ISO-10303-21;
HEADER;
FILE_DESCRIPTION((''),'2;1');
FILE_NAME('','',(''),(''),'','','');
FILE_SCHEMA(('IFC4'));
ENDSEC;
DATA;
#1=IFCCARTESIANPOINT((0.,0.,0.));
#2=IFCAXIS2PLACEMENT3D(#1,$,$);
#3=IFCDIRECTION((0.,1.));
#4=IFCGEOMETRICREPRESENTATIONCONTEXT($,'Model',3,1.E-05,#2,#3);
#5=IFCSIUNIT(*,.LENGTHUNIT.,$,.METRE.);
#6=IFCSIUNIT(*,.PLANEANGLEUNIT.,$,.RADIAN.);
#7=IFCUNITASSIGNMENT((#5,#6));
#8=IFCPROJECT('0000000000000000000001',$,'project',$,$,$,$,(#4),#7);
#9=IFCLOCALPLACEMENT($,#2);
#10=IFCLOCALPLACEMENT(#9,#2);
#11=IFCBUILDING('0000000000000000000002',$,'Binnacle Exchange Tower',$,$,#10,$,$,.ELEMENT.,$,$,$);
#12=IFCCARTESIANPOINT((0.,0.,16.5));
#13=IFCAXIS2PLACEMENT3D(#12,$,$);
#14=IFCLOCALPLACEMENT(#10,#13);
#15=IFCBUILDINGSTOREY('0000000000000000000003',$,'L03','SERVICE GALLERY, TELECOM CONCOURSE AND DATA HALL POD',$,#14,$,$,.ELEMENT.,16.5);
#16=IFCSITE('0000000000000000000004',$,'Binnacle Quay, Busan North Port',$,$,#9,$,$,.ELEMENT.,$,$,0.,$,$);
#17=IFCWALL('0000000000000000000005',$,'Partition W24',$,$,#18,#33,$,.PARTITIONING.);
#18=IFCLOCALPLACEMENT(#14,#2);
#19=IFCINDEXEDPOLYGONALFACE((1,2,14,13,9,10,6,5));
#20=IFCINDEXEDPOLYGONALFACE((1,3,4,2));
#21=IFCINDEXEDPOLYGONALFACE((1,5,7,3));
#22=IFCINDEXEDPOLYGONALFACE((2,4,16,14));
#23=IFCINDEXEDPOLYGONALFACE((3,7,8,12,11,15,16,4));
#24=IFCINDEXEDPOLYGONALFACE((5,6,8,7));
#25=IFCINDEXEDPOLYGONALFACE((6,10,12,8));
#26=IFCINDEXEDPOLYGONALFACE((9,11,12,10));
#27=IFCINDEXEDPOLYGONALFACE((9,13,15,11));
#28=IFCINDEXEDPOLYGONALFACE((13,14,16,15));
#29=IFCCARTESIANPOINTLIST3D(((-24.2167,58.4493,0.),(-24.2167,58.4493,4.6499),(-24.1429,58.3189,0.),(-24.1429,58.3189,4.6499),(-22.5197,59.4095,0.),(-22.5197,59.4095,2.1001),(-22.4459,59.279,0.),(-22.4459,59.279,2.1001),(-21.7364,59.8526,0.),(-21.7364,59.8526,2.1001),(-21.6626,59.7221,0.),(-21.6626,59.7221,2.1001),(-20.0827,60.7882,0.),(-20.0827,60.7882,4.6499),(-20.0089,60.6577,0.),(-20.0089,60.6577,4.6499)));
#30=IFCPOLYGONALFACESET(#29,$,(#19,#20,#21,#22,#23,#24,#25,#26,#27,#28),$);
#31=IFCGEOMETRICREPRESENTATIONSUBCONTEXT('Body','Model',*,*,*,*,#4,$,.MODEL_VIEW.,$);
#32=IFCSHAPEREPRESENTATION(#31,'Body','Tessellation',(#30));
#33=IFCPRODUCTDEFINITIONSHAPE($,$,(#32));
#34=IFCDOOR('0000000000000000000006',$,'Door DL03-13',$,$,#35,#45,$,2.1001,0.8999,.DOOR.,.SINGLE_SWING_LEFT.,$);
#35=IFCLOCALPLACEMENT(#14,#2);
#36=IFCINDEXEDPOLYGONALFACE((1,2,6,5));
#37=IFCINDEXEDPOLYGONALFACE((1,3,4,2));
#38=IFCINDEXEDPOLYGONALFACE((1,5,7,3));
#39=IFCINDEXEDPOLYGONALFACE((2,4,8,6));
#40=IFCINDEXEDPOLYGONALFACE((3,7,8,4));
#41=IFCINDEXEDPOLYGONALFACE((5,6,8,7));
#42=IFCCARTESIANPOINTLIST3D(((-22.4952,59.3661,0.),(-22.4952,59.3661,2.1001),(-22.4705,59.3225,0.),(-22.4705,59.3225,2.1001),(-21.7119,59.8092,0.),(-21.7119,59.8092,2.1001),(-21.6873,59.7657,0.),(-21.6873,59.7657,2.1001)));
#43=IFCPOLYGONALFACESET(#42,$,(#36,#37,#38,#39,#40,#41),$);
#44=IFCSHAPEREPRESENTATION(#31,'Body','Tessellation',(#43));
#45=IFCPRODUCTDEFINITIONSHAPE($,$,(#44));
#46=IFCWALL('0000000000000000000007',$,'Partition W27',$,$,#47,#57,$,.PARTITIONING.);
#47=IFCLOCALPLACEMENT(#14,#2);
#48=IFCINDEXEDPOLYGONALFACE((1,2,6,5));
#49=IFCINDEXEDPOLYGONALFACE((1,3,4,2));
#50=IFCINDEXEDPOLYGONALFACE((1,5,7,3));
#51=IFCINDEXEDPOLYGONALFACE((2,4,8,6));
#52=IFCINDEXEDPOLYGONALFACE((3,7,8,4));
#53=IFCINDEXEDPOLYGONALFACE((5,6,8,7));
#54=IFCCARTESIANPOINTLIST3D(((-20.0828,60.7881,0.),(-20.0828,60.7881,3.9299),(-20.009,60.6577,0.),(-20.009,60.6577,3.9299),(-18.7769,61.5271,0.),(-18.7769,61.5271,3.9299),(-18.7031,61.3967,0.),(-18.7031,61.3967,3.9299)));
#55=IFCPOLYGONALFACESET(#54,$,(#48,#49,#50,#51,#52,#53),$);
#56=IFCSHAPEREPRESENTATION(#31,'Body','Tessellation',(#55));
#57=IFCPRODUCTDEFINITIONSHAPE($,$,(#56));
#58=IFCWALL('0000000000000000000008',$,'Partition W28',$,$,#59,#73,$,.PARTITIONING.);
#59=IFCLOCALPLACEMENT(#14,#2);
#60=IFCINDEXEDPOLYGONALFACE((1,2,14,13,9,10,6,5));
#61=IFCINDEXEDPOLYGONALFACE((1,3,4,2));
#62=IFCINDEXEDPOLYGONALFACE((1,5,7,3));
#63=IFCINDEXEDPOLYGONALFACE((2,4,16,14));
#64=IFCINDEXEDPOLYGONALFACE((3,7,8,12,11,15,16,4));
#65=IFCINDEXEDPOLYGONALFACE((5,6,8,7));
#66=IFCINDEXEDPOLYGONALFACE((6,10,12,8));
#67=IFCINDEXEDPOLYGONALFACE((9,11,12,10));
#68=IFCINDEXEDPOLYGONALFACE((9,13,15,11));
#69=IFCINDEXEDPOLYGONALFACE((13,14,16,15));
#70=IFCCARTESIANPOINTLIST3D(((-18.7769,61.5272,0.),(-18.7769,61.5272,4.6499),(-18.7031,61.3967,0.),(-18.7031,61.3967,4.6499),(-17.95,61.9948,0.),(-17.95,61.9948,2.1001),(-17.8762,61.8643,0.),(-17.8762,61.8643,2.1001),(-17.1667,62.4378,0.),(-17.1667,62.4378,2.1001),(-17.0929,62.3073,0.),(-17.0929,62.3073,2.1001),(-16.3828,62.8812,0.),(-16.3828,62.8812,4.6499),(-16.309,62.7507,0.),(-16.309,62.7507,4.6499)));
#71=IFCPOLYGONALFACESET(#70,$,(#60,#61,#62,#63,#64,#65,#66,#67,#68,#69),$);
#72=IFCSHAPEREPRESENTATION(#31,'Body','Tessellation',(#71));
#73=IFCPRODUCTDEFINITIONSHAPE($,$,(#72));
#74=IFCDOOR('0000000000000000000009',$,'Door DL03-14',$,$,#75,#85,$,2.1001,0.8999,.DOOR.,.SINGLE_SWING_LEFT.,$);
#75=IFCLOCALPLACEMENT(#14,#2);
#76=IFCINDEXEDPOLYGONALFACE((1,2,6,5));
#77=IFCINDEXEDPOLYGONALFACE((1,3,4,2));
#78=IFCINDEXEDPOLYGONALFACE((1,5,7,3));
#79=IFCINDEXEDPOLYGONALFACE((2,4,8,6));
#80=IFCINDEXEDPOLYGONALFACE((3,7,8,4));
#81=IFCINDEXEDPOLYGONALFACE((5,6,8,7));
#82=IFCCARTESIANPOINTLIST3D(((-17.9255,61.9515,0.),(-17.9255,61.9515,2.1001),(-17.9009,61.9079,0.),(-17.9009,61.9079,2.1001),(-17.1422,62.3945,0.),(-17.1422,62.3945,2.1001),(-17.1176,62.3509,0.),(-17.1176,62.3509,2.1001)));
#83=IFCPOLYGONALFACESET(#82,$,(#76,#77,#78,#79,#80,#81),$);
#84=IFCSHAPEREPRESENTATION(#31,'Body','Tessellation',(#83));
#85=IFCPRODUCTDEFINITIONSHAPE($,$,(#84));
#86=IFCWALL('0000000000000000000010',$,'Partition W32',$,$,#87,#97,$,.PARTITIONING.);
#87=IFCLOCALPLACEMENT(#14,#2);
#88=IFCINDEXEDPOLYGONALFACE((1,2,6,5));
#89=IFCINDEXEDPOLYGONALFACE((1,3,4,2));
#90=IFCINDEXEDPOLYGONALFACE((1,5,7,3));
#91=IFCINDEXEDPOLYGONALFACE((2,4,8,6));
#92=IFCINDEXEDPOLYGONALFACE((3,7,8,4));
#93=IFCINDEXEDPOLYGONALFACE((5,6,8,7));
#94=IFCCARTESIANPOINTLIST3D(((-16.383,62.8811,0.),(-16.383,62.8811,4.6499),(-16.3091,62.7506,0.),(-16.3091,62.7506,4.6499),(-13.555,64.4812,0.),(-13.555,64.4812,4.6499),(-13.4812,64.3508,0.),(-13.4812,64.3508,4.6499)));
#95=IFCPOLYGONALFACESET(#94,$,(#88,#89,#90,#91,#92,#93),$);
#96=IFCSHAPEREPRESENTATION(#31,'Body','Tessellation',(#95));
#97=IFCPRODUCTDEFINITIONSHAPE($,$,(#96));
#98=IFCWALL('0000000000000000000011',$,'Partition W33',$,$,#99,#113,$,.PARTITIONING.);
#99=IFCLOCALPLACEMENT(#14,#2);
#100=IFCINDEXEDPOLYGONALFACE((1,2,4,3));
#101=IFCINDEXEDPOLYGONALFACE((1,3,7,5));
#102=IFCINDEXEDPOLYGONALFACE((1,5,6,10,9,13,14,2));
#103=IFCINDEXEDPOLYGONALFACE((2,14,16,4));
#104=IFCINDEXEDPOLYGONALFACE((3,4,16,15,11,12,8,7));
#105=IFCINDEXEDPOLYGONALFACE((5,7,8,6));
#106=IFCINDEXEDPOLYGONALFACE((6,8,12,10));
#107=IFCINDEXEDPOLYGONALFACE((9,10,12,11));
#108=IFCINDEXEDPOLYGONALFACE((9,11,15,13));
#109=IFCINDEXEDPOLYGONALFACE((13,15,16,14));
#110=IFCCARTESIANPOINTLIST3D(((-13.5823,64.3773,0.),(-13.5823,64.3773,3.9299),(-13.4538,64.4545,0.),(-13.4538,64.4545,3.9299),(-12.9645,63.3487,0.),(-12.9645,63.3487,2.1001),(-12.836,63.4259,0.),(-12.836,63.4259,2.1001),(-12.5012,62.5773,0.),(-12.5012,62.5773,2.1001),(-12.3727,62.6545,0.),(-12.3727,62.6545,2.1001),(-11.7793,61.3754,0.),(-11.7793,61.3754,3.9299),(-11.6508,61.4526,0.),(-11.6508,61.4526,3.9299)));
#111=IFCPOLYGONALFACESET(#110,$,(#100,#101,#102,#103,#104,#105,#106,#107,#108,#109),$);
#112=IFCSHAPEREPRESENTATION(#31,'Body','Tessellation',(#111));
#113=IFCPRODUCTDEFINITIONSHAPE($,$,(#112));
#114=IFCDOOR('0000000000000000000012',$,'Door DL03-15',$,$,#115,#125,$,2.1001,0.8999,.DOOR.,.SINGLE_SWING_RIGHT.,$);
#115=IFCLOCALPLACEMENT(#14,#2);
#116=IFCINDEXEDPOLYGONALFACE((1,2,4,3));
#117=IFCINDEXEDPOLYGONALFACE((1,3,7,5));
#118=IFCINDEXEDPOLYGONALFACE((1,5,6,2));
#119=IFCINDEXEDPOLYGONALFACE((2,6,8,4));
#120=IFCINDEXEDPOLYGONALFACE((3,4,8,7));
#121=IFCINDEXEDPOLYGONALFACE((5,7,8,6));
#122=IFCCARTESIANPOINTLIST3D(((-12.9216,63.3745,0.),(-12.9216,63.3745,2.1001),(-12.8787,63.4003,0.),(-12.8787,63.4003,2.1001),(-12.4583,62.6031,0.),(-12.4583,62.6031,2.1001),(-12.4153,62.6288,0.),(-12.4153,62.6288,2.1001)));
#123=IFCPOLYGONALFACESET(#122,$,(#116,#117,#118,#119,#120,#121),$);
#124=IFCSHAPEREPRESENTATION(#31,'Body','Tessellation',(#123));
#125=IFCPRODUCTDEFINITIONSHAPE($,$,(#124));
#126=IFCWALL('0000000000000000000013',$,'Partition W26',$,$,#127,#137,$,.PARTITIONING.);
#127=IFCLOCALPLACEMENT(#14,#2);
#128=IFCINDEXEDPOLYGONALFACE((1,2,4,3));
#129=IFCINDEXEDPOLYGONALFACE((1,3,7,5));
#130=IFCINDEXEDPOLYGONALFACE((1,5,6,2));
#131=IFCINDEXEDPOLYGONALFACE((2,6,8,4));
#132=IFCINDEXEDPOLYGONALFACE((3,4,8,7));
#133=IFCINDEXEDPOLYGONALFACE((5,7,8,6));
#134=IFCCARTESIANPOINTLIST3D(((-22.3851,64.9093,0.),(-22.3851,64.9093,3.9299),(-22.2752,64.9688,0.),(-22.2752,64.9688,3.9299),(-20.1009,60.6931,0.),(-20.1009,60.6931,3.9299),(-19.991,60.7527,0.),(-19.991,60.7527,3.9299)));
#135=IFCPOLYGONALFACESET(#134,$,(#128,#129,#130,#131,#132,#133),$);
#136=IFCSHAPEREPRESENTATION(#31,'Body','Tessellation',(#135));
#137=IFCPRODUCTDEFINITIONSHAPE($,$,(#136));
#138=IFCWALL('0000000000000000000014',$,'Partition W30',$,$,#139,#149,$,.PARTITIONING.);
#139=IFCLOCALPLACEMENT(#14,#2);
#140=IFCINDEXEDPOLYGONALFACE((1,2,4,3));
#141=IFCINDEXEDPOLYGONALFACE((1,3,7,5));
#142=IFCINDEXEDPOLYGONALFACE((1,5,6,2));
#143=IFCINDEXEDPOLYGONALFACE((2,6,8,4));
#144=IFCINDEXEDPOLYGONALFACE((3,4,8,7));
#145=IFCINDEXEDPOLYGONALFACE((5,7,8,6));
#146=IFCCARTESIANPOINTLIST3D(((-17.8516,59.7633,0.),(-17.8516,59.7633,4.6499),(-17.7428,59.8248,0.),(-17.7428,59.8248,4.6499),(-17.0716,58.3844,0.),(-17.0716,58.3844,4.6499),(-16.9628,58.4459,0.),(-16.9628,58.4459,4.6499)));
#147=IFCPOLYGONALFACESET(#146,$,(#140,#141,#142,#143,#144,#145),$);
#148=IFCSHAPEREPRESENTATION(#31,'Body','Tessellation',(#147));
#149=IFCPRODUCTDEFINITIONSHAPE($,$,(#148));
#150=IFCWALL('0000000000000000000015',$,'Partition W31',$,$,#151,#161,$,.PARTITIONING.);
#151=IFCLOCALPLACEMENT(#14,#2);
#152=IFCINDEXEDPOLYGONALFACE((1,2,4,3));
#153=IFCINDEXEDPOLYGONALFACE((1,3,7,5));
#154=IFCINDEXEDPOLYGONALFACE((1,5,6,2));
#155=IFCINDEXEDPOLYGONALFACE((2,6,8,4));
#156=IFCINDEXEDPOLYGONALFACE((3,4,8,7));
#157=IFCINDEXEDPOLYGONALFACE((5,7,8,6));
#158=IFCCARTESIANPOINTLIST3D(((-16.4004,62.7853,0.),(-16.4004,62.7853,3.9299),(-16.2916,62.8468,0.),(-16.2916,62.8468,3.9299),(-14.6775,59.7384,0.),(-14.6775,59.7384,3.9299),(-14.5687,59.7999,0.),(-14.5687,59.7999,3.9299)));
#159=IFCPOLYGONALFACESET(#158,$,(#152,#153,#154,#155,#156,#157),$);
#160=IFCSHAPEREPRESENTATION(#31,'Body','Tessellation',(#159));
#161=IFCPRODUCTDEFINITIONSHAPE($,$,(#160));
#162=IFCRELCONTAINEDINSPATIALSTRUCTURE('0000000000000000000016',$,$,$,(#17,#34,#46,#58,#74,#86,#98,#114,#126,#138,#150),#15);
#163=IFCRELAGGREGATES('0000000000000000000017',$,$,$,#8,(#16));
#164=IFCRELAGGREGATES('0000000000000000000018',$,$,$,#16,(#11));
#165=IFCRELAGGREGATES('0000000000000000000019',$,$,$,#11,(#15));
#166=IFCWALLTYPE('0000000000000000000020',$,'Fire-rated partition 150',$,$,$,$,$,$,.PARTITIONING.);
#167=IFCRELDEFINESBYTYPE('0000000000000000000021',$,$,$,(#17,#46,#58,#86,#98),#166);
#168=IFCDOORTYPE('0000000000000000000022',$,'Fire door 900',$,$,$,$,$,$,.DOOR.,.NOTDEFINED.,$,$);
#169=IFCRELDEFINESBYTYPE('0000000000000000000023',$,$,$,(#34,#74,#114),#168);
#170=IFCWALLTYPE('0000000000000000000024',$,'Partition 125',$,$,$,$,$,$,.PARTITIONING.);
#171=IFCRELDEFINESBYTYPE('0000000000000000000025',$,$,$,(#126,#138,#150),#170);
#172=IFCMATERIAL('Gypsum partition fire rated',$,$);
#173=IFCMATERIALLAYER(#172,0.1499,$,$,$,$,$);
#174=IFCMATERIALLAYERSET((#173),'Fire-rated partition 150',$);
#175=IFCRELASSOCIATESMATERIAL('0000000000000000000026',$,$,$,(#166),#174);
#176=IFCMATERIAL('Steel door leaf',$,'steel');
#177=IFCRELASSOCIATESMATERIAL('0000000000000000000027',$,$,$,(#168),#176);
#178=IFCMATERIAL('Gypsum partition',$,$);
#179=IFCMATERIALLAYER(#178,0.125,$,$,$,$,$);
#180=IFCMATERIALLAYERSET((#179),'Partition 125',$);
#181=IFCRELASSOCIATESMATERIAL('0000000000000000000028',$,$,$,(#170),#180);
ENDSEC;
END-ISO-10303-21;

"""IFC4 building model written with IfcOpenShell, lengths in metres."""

from ifc_helpers import new_model, si_unit, direction, frame, frame_2d, origin, place, context, subcontext, project, spatial, rectangle, extrude, material, layer, layer_set, type_object, element, fill, save


model = new_model("IFC4")

# Units and contexts
model_context = context("Model", 3, precision=1e-05, world=origin(), true_north=direction((0.0, 1.0)))
body_context = subcontext(model_context, "Body", "Model", "MODEL_VIEW")
ifc_project = project(units=[si_unit("LENGTHUNIT", "METRE"), si_unit("PLANEANGLEUNIT", "RADIAN")], contexts=[model_context])

# Site, building, storey
site_placement = place(None, origin())
site = spatial("IfcSite", under=ifc_project, at=site_placement, Name="Binnacle Quay, Busan North Port", CompositionType="ELEMENT", RefElevation=0.0)
building_placement = place(site_placement, origin())
building = spatial("IfcBuilding", under=site, at=building_placement, Name="Binnacle Exchange Tower", CompositionType="ELEMENT")
storey_placement = place(building_placement, frame((0.0, 0.0, 16.5)))
storey = spatial("IfcBuildingStorey", under=building, at=storey_placement, Name="L03", Description="SERVICE GALLERY, TELECOM CONCOURSE AND DATA HALL POD", CompositionType="ELEMENT", Elevation=16.5)

# Wall, opening, door
ifc_material_1 = material(Name="Gypsum partition fire rated")
ifc_layer_1 = layer(ifc_material_1, 0.1499)
ifc_layer_set_1 = layer_set([ifc_layer_1], Name="Fire-rated partition 150")
wall_type_1 = type_object("IfcWallType", Name="Fire-rated partition 150", PredefinedType="PARTITIONING", material=ifc_layer_set_1)
wall_1_placement = place(storey_placement, frame((-24.1799, 58.384, 0.0), z_axis=(0.0, 0.0, 1.0), x_axis=(0.870361, 0.492415, 0.0)))
wall_1 = element("IfcWall", 1, at=wall_1_placement, inside=storey, type_object=wall_type_1, Name="Partition W24", PredefinedType="PARTITIONING", context=body_context, shape_type="SweptSolid", body=[
    extrude(rectangle(XDim=4.7498, YDim=0.1499, at=frame_2d((2.375, 0.0))), origin(), (0.0, 0.0, 1.0), 4.6499),
])
opening_1_placement = place(wall_1_placement, frame((1.95, 0.0, 0.0)))
opening_1 = element("IfcOpeningElement", 2, at=opening_1_placement, cuts=wall_1, PredefinedType="OPENING", context=body_context, shape_type="SweptSolid", body=[
    extrude(rectangle(XDim=0.8999, YDim=2.1001, at=frame_2d((0.45, 1.05))), frame((0.0, 0.085, 0.0), z_axis=(0.0, -1.0, 0.0), x_axis=(1.0, 0.0, 0.0)), (0.0, 0.0, 1.0), 0.1699),
])
ifc_material_2 = material(Name="Steel door leaf", Category="steel")
door_type_1 = type_object("IfcDoorType", Name="Fire door 900", OperationType="NOTDEFINED", PredefinedType="DOOR", material=ifc_material_2)
door_1_placement = place(opening_1_placement, frame((0.8999, 0.0, 0.0), z_axis=(0.0, 0.0, 1.0), x_axis=(-1.0, 0.0, 0.0)))
door_1 = element("IfcDoor", 3, at=door_1_placement, inside=storey, type_object=door_type_1, Name="Door DL03-13", OperationType="SINGLE_SWING_LEFT", OverallHeight=2.1001, OverallWidth=0.8999, PredefinedType="DOOR", context=body_context, shape_type="SweptSolid", body=[
    extrude(rectangle(XDim=0.8999, YDim=2.1001, at=frame_2d((0.45, 1.05))), frame((0.0, 0.0249, 0.0), z_axis=(0.0, -1.0, 0.0), x_axis=(1.0, 0.0, 0.0)), (0.0, 0.0, 1.0), 0.05),
])
fill(opening_1, door_1)

# Wall
wall_2_placement = place(storey_placement, frame((-20.0459, 60.7229, 0.0), z_axis=(0.0, 0.0, 1.0), x_axis=(0.870308, 0.492508, 0.0)))
element("IfcWall", 4, at=wall_2_placement, inside=storey, type_object=wall_type_1, Name="Partition W27", PredefinedType="PARTITIONING", context=body_context, shape_type="SweptSolid", body=[
    extrude(rectangle(XDim=1.5005, YDim=0.1499, at=frame_2d((0.7502, 0.0))), origin(), (0.0, 0.0, 1.0), 3.9299),
])

# Wall, opening, door
wall_3_placement = place(storey_placement, frame((-18.74, 61.4619, 0.0), z_axis=(0.0, 0.0, 1.0), x_axis=(0.870431, 0.492291, 0.0)))
wall_3 = element("IfcWall", 5, at=wall_3_placement, inside=storey, type_object=wall_type_1, Name="Partition W28", PredefinedType="PARTITIONING", context=body_context, shape_type="SweptSolid", body=[
    extrude(rectangle(XDim=2.7505, YDim=0.1499, at=frame_2d((1.3752, 0.0))), origin(), (0.0, 0.0, 1.0), 4.6499),
])
opening_2_placement = place(wall_3_placement, frame((0.95, 0.0, 0.0)))
opening_2 = element("IfcOpeningElement", 6, at=opening_2_placement, cuts=wall_3, PredefinedType="OPENING", context=body_context, shape_type="SweptSolid", body=[
    extrude(rectangle(XDim=0.8999, YDim=2.1001, at=frame_2d((0.45, 1.05))), frame((0.0, 0.085, 0.0), z_axis=(0.0, -1.0, 0.0), x_axis=(1.0, 0.0, 0.0)), (0.0, 0.0, 1.0), 0.1699),
])
door_2_placement = place(opening_2_placement, frame((0.8999, 0.0, 0.0), z_axis=(0.0, 0.0, 1.0), x_axis=(-1.0, 0.0, 0.0)))
door_2 = element("IfcDoor", 7, at=door_2_placement, inside=storey, type_object=door_type_1, Name="Door DL03-14", OperationType="SINGLE_SWING_LEFT", OverallHeight=2.1001, OverallWidth=0.8999, PredefinedType="DOOR", context=body_context, shape_type="SweptSolid", body=[
    extrude(rectangle(XDim=0.8999, YDim=2.1001, at=frame_2d((0.45, 1.05))), frame((0.0, 0.0249, 0.0), z_axis=(0.0, -1.0, 0.0), x_axis=(1.0, 0.0, 0.0)), (0.0, 0.0, 1.0), 0.05),
])
fill(opening_2, door_2)

# Wall
wall_4_placement = place(storey_placement, frame((-16.3459, 62.8159, 0.0), z_axis=(0.0, 0.0, 1.0), x_axis=(0.870335, 0.492461, 0.0)))
element("IfcWall", 8, at=wall_4_placement, inside=storey, type_object=wall_type_1, Name="Partition W32", PredefinedType="PARTITIONING", context=body_context, shape_type="SweptSolid", body=[
    extrude(rectangle(XDim=3.2493, YDim=0.1499, at=frame_2d((1.6245, 0.0))), origin(), (0.0, 0.0, 1.0), 4.6499),
])

# Wall, opening, door
wall_5_placement = place(storey_placement, frame((-13.5181, 64.416, 0.0), z_axis=(0.0, 0.0, 1.0), x_axis=(0.514875, -0.857265, 0.0)))
wall_5 = element("IfcWall", 9, at=wall_5_placement, inside=storey, type_object=wall_type_1, Name="Partition W33", PredefinedType="PARTITIONING", context=body_context, shape_type="SweptSolid", body=[
    extrude(rectangle(XDim=3.5017, YDim=0.1499, at=frame_2d((1.751, 0.0))), origin(), (0.0, 0.0, 1.0), 3.9299),
])
opening_3_placement = place(wall_5_placement, frame((1.2, 0.0, 0.0)))
opening_3 = element("IfcOpeningElement", 10, at=opening_3_placement, cuts=wall_5, PredefinedType="OPENING", context=body_context, shape_type="SweptSolid", body=[
    extrude(rectangle(XDim=0.8999, YDim=2.1001, at=frame_2d((0.45, 1.05))), frame((0.0, 0.085, 0.0), z_axis=(0.0, -1.0, 0.0), x_axis=(1.0, 0.0, 0.0)), (0.0, 0.0, 1.0), 0.1699),
])
door_3_placement = place(opening_3_placement, frame((0.8999, 0.0, 0.0), z_axis=(0.0, 0.0, 1.0), x_axis=(-1.0, 0.0, 0.0)))
door_3 = element("IfcDoor", 11, at=door_3_placement, inside=storey, type_object=door_type_1, Name="Door DL03-15", OperationType="SINGLE_SWING_RIGHT", OverallHeight=2.1001, OverallWidth=0.8999, PredefinedType="DOOR", context=body_context, shape_type="SweptSolid", body=[
    extrude(rectangle(XDim=0.8999, YDim=2.1001, at=frame_2d((0.45, 1.05))), frame((0.0, 0.0249, 0.0), z_axis=(0.0, -1.0, 0.0), x_axis=(1.0, 0.0, 0.0)), (0.0, 0.0, 1.0), 0.05),
])
fill(opening_3, door_3)

# Walls
ifc_material_3 = material(Name="Gypsum partition")
ifc_layer_2 = layer(ifc_material_3, 0.125)
ifc_layer_set_2 = layer_set([ifc_layer_2], Name="Partition 125")
wall_type_2 = type_object("IfcWallType", Name="Partition 125", PredefinedType="PARTITIONING", material=ifc_layer_set_2)
wall_6_placement = place(storey_placement, frame((-22.3301, 64.939, 0.0), z_axis=(0.0, 0.0, 1.0), x_axis=(0.47636, -0.87925, 0.0)))
element("IfcWall", 12, at=wall_6_placement, inside=storey, type_object=wall_type_2, Name="Partition W26", PredefinedType="PARTITIONING", context=body_context, shape_type="SweptSolid", body=[
    extrude(rectangle(XDim=4.7952, YDim=0.125, at=frame_2d((2.3975, 0.0))), origin(), (0.0, 0.0, 1.0), 3.9299),
])
wall_7_placement = place(storey_placement, frame((-17.7971, 59.7939, 0.0), z_axis=(0.0, 0.0, 1.0), x_axis=(0.492367, -0.870388, 0.0)))
element("IfcWall", 13, at=wall_7_placement, inside=storey, type_object=wall_type_2, Name="Partition W30", PredefinedType="PARTITIONING", context=body_context, shape_type="SweptSolid", body=[
    extrude(rectangle(XDim=1.5842, YDim=0.125, at=frame_2d((0.792, 0.0))), origin(), (0.0, 0.0, 1.0), 4.6499),
])
wall_8_placement = place(storey_placement, frame((-16.3459, 62.8159, 0.0), z_axis=(0.0, 0.0, 1.0), x_axis=(0.49222, -0.870471, 0.0)))
element("IfcWall", 14, at=wall_8_placement, inside=storey, type_object=wall_type_2, Name="Partition W31", PredefinedType="PARTITIONING", context=body_context, shape_type="SweptSolid", body=[
    extrude(rectangle(XDim=3.5002, YDim=0.125, at=frame_2d((1.75, 0.0))), origin(), (0.0, 0.0, 1.0), 3.9299),
])

save(model, "model.ifc")
